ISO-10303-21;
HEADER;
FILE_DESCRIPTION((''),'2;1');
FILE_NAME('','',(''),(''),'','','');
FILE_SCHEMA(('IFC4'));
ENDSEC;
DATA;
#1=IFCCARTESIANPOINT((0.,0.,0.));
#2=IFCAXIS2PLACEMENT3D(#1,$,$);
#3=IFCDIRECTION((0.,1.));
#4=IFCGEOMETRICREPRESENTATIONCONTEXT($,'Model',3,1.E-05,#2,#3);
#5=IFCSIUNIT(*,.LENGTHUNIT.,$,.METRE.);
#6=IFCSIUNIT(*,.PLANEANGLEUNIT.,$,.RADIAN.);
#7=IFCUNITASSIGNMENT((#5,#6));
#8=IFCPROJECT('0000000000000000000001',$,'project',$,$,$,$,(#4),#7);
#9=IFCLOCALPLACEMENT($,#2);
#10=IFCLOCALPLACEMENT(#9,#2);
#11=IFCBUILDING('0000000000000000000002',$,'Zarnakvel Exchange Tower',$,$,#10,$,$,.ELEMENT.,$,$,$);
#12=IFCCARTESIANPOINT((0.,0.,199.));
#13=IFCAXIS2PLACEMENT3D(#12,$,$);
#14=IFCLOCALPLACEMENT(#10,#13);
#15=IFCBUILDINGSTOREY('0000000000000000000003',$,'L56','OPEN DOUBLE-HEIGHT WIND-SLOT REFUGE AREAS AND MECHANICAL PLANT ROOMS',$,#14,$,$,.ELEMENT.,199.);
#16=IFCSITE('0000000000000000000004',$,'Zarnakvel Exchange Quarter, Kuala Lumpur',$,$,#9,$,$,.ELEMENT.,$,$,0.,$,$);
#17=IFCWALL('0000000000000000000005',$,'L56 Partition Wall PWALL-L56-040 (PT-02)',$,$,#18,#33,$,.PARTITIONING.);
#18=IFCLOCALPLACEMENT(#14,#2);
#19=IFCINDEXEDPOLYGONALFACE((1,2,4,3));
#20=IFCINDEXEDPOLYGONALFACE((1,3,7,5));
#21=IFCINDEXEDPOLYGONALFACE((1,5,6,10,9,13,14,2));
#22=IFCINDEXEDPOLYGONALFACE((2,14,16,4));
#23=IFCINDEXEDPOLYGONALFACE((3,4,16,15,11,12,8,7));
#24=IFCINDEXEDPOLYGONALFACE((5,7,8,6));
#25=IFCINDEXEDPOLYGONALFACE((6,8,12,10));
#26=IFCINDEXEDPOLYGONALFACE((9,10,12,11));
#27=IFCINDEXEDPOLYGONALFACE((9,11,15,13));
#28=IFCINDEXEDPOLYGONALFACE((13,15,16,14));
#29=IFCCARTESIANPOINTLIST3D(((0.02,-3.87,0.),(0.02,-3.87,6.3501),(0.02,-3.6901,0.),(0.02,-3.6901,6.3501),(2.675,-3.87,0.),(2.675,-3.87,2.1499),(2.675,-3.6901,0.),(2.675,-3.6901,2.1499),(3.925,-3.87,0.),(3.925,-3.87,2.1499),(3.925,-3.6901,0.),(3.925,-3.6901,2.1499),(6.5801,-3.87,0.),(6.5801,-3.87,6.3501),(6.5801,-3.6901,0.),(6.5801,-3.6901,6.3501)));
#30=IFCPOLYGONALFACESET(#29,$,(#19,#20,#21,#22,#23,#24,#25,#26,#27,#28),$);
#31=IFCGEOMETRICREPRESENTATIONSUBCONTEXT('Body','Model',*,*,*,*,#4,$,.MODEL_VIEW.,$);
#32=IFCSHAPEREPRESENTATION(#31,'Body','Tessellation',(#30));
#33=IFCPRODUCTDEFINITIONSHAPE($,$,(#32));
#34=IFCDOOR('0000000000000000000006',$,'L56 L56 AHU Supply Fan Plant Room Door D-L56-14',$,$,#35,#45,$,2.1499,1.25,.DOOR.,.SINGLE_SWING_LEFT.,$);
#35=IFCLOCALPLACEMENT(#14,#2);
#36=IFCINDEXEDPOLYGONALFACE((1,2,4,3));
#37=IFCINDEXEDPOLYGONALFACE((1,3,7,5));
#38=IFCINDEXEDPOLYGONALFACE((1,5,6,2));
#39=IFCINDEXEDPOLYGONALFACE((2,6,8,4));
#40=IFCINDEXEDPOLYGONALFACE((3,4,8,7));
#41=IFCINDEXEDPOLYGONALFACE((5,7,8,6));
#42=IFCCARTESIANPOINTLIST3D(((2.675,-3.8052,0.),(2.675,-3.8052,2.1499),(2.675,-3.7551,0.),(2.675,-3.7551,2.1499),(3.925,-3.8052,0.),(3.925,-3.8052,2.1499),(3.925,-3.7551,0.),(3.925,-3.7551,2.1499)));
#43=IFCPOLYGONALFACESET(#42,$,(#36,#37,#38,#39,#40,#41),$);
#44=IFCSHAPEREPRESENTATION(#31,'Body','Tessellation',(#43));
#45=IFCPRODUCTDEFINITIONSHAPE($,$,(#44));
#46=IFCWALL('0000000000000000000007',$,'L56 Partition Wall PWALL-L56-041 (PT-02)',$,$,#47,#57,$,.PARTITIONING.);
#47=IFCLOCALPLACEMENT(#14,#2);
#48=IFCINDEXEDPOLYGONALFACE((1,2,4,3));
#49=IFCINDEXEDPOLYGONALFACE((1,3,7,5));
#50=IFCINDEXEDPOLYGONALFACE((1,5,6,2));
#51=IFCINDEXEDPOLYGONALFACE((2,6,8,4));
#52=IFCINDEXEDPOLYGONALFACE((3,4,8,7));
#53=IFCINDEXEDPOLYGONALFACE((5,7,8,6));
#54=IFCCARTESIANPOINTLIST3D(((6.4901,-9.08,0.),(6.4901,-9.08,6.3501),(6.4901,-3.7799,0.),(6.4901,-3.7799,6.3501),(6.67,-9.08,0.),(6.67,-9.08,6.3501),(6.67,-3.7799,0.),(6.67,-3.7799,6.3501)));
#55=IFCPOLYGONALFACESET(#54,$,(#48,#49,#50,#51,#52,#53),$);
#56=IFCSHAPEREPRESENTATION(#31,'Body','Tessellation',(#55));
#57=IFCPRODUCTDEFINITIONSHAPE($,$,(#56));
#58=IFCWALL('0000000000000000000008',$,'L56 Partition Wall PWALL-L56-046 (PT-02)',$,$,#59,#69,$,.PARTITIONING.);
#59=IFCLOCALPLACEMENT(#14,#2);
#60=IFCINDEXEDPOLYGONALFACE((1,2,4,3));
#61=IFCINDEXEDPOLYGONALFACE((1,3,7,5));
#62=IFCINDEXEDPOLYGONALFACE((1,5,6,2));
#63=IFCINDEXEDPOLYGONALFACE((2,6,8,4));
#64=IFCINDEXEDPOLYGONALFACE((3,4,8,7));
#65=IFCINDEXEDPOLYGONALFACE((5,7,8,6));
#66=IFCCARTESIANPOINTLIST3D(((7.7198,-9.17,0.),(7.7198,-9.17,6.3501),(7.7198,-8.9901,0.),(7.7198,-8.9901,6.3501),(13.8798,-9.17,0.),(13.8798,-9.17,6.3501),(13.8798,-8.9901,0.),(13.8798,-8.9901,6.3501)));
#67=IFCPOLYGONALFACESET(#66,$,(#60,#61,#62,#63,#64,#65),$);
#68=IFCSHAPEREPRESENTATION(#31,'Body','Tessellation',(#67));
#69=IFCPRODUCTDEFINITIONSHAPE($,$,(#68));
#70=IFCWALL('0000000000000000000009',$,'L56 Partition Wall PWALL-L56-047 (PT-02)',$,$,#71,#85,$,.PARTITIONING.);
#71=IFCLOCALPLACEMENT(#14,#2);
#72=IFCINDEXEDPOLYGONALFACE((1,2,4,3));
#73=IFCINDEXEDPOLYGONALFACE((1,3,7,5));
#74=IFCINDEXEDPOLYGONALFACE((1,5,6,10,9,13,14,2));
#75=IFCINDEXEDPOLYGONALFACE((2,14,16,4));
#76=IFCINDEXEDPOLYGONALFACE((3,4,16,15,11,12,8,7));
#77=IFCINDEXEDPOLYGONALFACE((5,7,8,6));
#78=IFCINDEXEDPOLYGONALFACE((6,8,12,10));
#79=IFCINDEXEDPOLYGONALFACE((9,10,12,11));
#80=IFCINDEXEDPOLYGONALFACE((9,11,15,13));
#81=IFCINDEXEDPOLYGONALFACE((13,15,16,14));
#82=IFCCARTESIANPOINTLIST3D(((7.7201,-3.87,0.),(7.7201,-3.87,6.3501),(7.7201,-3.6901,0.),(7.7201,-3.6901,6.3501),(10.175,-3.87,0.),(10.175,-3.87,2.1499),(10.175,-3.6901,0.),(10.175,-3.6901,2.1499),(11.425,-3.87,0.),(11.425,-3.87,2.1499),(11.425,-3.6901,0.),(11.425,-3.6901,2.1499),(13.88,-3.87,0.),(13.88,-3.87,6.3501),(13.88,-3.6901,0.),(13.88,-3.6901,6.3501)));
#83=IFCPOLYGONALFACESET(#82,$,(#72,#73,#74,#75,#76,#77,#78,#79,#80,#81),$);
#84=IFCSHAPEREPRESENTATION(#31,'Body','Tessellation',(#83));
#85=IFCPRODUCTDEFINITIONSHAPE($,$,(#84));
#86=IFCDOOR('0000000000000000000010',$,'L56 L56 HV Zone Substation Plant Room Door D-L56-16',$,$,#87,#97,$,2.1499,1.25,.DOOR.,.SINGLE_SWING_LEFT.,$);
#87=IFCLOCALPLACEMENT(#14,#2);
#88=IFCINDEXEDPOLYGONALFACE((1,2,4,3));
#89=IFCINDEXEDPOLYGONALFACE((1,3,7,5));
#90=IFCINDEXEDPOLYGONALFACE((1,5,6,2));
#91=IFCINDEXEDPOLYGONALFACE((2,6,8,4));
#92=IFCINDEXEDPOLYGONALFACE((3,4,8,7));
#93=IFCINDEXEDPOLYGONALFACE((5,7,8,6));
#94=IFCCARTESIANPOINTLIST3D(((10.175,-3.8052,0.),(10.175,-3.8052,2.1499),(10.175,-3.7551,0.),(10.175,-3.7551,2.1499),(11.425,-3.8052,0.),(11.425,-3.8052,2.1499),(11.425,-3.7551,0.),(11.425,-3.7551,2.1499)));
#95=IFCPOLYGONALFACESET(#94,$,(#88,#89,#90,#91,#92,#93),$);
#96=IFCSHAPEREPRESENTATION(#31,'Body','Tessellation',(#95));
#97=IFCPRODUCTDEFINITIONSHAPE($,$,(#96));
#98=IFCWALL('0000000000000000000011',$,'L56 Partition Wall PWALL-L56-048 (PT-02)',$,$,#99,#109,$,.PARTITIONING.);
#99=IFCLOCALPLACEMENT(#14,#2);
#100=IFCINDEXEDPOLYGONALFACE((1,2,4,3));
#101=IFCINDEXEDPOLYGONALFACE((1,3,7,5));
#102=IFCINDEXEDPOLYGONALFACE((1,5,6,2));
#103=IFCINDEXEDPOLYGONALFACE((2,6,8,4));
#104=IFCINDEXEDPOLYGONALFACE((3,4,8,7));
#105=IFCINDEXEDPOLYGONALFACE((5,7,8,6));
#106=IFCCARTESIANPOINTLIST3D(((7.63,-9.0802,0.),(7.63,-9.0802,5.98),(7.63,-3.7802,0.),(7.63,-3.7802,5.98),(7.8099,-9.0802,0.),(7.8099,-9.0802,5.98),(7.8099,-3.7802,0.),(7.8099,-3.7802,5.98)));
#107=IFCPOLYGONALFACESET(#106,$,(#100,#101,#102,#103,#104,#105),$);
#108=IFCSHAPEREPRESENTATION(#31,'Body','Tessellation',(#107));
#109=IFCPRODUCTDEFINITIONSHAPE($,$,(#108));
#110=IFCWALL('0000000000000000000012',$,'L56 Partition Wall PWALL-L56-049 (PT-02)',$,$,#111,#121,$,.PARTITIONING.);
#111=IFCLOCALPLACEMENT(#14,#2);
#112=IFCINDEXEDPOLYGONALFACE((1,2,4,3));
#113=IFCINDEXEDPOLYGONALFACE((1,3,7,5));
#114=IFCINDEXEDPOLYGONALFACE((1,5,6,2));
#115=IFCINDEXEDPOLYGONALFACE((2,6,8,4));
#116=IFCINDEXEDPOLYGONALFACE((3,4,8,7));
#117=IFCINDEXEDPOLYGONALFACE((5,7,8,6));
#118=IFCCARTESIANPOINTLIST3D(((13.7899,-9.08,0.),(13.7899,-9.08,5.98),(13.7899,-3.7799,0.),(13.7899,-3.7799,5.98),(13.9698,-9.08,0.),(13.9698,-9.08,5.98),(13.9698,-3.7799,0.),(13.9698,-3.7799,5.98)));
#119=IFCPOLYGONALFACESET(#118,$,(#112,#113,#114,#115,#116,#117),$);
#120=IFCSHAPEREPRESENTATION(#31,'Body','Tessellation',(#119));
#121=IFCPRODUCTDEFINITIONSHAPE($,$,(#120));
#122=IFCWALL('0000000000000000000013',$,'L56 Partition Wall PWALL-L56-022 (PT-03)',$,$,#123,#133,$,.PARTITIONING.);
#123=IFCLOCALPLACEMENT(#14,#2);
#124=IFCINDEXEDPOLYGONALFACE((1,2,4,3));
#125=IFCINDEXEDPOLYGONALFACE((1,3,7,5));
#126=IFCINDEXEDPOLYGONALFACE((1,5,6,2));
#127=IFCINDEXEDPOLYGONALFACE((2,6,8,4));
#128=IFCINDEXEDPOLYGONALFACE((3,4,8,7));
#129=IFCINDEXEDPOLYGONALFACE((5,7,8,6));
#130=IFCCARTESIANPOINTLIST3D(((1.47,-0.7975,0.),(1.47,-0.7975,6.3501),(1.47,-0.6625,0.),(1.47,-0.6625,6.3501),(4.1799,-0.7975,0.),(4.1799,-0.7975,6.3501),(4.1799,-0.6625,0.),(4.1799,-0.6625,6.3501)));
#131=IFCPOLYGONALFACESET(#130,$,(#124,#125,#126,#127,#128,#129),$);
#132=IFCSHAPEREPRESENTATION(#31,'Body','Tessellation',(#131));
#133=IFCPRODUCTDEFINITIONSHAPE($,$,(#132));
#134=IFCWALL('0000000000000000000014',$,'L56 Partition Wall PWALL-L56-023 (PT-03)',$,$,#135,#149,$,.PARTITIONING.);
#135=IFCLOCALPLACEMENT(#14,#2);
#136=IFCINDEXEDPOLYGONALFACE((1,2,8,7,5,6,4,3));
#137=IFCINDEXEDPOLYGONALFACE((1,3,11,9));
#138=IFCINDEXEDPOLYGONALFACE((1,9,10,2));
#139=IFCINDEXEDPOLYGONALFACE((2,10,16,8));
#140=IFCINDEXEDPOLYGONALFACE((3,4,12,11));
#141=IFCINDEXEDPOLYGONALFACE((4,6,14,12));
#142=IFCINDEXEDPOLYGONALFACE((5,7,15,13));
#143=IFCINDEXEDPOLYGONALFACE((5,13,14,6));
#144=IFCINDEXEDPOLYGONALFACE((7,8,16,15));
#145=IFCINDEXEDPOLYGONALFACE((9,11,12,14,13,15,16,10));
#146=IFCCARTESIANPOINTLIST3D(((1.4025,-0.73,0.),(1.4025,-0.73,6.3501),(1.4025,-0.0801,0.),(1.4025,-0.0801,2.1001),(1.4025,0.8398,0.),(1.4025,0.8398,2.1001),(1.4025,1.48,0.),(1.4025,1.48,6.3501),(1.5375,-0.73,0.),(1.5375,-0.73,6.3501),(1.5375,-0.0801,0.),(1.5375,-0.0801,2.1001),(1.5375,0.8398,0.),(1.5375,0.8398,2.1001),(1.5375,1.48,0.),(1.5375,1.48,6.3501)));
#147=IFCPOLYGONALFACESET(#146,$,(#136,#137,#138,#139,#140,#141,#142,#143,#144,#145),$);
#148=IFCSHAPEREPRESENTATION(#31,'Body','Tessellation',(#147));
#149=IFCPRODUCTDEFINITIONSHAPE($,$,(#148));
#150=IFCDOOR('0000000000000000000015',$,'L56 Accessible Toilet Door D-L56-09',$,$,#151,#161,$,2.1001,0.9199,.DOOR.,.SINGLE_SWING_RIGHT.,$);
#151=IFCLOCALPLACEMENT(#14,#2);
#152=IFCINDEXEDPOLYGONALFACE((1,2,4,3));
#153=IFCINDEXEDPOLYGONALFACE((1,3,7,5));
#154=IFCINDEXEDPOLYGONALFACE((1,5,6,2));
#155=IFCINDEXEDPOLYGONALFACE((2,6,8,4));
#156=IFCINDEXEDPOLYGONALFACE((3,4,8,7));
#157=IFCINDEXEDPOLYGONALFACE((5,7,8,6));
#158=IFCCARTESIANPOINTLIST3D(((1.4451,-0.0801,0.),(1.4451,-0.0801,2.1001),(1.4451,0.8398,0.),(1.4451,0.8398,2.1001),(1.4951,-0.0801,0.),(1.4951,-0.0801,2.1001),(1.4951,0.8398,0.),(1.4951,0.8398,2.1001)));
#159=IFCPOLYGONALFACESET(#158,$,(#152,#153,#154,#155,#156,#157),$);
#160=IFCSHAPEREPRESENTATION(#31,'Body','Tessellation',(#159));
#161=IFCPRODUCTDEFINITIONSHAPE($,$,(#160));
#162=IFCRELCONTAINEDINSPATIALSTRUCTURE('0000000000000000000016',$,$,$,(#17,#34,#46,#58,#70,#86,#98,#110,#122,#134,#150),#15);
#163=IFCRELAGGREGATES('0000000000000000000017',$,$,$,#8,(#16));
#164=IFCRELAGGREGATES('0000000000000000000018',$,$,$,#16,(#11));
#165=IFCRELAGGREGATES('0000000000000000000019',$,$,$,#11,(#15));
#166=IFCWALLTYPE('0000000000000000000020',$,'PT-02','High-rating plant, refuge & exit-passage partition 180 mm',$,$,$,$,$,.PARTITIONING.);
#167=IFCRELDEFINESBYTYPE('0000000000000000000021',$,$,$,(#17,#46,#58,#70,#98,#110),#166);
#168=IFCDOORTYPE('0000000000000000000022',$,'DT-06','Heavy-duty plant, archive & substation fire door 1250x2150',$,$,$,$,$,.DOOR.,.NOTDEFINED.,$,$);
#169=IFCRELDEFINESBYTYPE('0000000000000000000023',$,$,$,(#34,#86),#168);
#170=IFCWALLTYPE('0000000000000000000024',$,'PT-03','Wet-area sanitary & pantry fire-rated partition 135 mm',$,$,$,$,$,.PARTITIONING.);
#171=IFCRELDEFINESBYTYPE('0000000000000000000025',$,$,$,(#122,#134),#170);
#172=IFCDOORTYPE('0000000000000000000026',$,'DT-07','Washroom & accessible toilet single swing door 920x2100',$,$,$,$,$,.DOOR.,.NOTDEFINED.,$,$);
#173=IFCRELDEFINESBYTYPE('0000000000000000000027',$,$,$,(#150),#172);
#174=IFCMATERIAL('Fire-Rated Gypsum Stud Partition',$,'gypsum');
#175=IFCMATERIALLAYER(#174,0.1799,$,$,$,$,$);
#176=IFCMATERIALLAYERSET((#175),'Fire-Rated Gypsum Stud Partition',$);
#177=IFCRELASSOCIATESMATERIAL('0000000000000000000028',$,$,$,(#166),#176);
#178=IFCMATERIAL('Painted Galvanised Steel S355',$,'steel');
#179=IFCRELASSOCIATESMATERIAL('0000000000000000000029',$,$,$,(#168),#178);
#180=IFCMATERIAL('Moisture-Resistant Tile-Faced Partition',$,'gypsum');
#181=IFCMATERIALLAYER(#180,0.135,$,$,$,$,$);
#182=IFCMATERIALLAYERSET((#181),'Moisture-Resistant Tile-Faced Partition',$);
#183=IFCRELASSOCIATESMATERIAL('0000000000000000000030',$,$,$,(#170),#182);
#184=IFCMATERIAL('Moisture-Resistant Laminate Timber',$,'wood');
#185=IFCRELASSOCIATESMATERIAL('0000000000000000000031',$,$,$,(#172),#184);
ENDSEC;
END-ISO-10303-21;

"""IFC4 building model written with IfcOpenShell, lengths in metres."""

from ifc_helpers import new_model, si_unit, direction, frame, frame_2d, origin, place, context, subcontext, project, spatial, rectangle, extrude, source, transform, mapped, material, layer, layer_set, type_object, element, fill, save


model = new_model("IFC4")

# Units and contexts
model_context = context("Model", 3, precision=1e-05, world=origin(), true_north=direction((0.0, 1.0)))
body_context = subcontext(model_context, "Body", "Model", "MODEL_VIEW")
ifc_project = project(units=[si_unit("LENGTHUNIT", "METRE"), si_unit("PLANEANGLEUNIT", "RADIAN")], contexts=[model_context])

# Site, building, storey
site_placement = place(None, origin())
site = spatial("IfcSite", under=ifc_project, at=site_placement, Name="Zarnakvel Exchange Quarter, Kuala Lumpur", CompositionType="ELEMENT", RefElevation=0.0)
building_placement = place(site_placement, origin())
building = spatial("IfcBuilding", under=site, at=building_placement, Name="Zarnakvel Exchange Tower", CompositionType="ELEMENT")
storey_placement = place(building_placement, frame((0.0, 0.0, 199.0)))
storey = spatial("IfcBuildingStorey", under=building, at=storey_placement, Name="L56", Description="OPEN DOUBLE-HEIGHT WIND-SLOT REFUGE AREAS AND MECHANICAL PLANT ROOMS", CompositionType="ELEMENT", Elevation=199.0)

# Shared definitions
ifc_material_1 = material(Name="Painted Galvanised Steel S355", Category="steel")

# Shared definitions
ifc_material_2 = material(Name="Fire-Rated Gypsum Stud Partition", Category="gypsum")
ifc_layer_1 = layer(ifc_material_2, 0.1799)
ifc_layer_set_1 = layer_set([ifc_layer_1], Name="Fire-Rated Gypsum Stud Partition")
wall_type_1 = type_object("IfcWallType", Name="PT-02", Description="High-rating plant, refuge & exit-passage partition 180 mm", PredefinedType="PARTITIONING", material=ifc_layer_set_1)

# Wall, opening, door
wall_1_placement = place(storey_placement, frame((0.02, -3.78, 0.0), z_axis=(0.0, 0.0, 1.0), x_axis=(1.0, 0.0, 0.0)))
wall_1 = element("IfcWall", 1, at=wall_1_placement, inside=storey, type_object=wall_type_1, Name="L56 Partition Wall PWALL-L56-040 (PT-02)", PredefinedType="PARTITIONING", context=body_context, shape_type="SweptSolid", body=[
    extrude(rectangle(XDim=6.5601, YDim=0.1799, at=frame_2d((3.28, 0.0))), origin(), (0.0, 0.0, 1.0), 6.3501),
])
opening_1_placement = place(wall_1_placement, frame((2.655, 0.0, 0.0)))
opening_1 = element("IfcOpeningElement", 2, at=opening_1_placement, cuts=wall_1, PredefinedType="OPENING", context=body_context, shape_type="SweptSolid", body=[
    extrude(rectangle(XDim=1.25, YDim=2.1499, at=frame_2d((0.625, 1.075))), frame((0.0, 0.0999, 0.0), z_axis=(0.0, -1.0, 0.0), x_axis=(1.0, 0.0, 0.0)), (0.0, 0.0, 1.0), 0.2),
])
door_type_1 = type_object("IfcDoorType", Name="DT-06", Description="Heavy-duty plant, archive & substation fire door 1250x2150", OperationType="NOTDEFINED", PredefinedType="DOOR", material=ifc_material_1)
shared_shape_1 = source(origin(), body_context, "Body", "SweptSolid", [
    extrude(rectangle(XDim=1.25, YDim=2.1499, at=frame_2d((0.625, 1.075))), frame((0.0, 0.0249, 0.0), z_axis=(0.0, -1.0, 0.0), x_axis=(1.0, 0.0, 0.0)), (0.0, 0.0, 1.0), 0.05),
])
door_1_placement = place(opening_1_placement, origin())
door_1 = element("IfcDoor", 3, at=door_1_placement, inside=storey, type_object=door_type_1, Name="L56 L56 AHU Supply Fan Plant Room Door D-L56-14", OperationType="SINGLE_SWING_LEFT", OverallHeight=2.1499, OverallWidth=1.25, PredefinedType="DOOR", context=body_context, shape_type="MappedRepresentation", body=[
    mapped(shared_shape_1, transform((0.0, 0.0, 0.0), x_axis=(1.0, 0.0, 0.0), y_axis=(0.0, 1.0, 0.0), z_axis=(0.0, 0.0, 1.0), scale=1.0)),
])
fill(opening_1, door_1)

# Walls
wall_2_placement = place(storey_placement, frame((6.5801, -3.78, 0.0), z_axis=(0.0, 0.0, 1.0), x_axis=(0.0, -1.0, 0.0)))
element("IfcWall", 4, at=wall_2_placement, inside=storey, type_object=wall_type_1, Name="L56 Partition Wall PWALL-L56-041 (PT-02)", PredefinedType="PARTITIONING", context=body_context, shape_type="SweptSolid", body=[
    extrude(rectangle(XDim=5.3, YDim=0.1799, at=frame_2d((2.6499, 0.0))), origin(), (0.0, 0.0, 1.0), 6.3501),
])
wall_3_placement = place(storey_placement, frame((13.8799, -9.0801, 0.0), z_axis=(0.0, 0.0, 1.0), x_axis=(-1.0, 0.0, 0.0)))
element("IfcWall", 5, at=wall_3_placement, inside=storey, type_object=wall_type_1, Name="L56 Partition Wall PWALL-L56-046 (PT-02)", PredefinedType="PARTITIONING", context=body_context, shape_type="SweptSolid", body=[
    extrude(rectangle(XDim=6.1599, YDim=0.1799, at=frame_2d((3.0801, 0.0))), origin(), (0.0, 0.0, 1.0), 6.3501),
])

# Wall, opening, door
wall_4_placement = place(storey_placement, frame((7.72, -3.78, 0.0), z_axis=(0.0, 0.0, 1.0), x_axis=(1.0, 0.0, 0.0)))
wall_4 = element("IfcWall", 6, at=wall_4_placement, inside=storey, type_object=wall_type_1, Name="L56 Partition Wall PWALL-L56-047 (PT-02)", PredefinedType="PARTITIONING", context=body_context, shape_type="SweptSolid", body=[
    extrude(rectangle(XDim=6.1599, YDim=0.1799, at=frame_2d((3.0801, 0.0))), origin(), (0.0, 0.0, 1.0), 6.3501),
])
opening_2_placement = place(wall_4_placement, frame((2.4551, 0.0, 0.0)))
opening_2 = element("IfcOpeningElement", 7, at=opening_2_placement, cuts=wall_4, PredefinedType="OPENING", context=body_context, shape_type="SweptSolid", body=[
    extrude(rectangle(XDim=1.25, YDim=2.1499, at=frame_2d((0.625, 1.075))), frame((0.0, 0.0999, 0.0), z_axis=(0.0, -1.0, 0.0), x_axis=(1.0, 0.0, 0.0)), (0.0, 0.0, 1.0), 0.2),
])
door_2_placement = place(opening_2_placement, origin())
door_2 = element("IfcDoor", 8, at=door_2_placement, inside=storey, type_object=door_type_1, Name="L56 L56 HV Zone Substation Plant Room Door D-L56-16", OperationType="SINGLE_SWING_LEFT", OverallHeight=2.1499, OverallWidth=1.25, PredefinedType="DOOR", context=body_context, shape_type="MappedRepresentation", body=[
    mapped(shared_shape_1, transform((0.0, 0.0, 0.0), x_axis=(1.0, 0.0, 0.0), y_axis=(0.0, 1.0, 0.0), z_axis=(0.0, 0.0, 1.0), scale=1.0)),
])
fill(opening_2, door_2)

# Walls
for number, where, z_axis, x_axis, name in (
    (9, (7.72, -9.0801, 0.0), (0.0, 0.0, 1.0), (0.0, 1.0, 0.0), "L56 Partition Wall PWALL-L56-048 (PT-02)"),
    (10, (13.8799, -3.78, 0.0), (0.0, 0.0, 1.0), (0.0, -1.0, 0.0), "L56 Partition Wall PWALL-L56-049 (PT-02)"),
):
    element("IfcWall", number, at=place(storey_placement, frame(where, z_axis=z_axis, x_axis=x_axis)), inside=storey, type_object=wall_type_1, Name=name, PredefinedType="PARTITIONING", context=body_context, shape_type="SweptSolid", body=[
        extrude(rectangle(XDim=5.3, YDim=0.1799, at=frame_2d((2.6499, 0.0))), origin(), (0.0, 0.0, 1.0), 5.98),
    ])
ifc_material_3 = material(Name="Moisture-Resistant Tile-Faced Partition", Category="gypsum")
ifc_layer_2 = layer(ifc_material_3, 0.135)
ifc_layer_set_2 = layer_set([ifc_layer_2], Name="Moisture-Resistant Tile-Faced Partition")
wall_type_2 = type_object("IfcWallType", Name="PT-03", Description="Wet-area sanitary & pantry fire-rated partition 135 mm", PredefinedType="PARTITIONING", material=ifc_layer_set_2)
wall_5_placement = place(storey_placement, frame((4.1799, -0.73, 0.0), z_axis=(0.0, 0.0, 1.0), x_axis=(-1.0, 0.0, 0.0)))
element("IfcWall", 11, at=wall_5_placement, inside=storey, type_object=wall_type_2, Name="L56 Partition Wall PWALL-L56-022 (PT-03)", PredefinedType="PARTITIONING", context=body_context, shape_type="SweptSolid", body=[
    extrude(rectangle(XDim=2.71, YDim=0.135, at=frame_2d((1.355, 0.0))), origin(), (0.0, 0.0, 1.0), 6.3501),
])

# Wall, opening, door
wall_6_placement = place(storey_placement, frame((1.47, -0.73, 0.0), z_axis=(0.0, 0.0, 1.0), x_axis=(0.0, 1.0, 0.0)))
wall_6 = element("IfcWall", 12, at=wall_6_placement, inside=storey, type_object=wall_type_2, Name="L56 Partition Wall PWALL-L56-023 (PT-03)", PredefinedType="PARTITIONING", context=body_context, shape_type="SweptSolid", body=[
    extrude(rectangle(XDim=2.21, YDim=0.135, at=frame_2d((1.105, 0.0))), origin(), (0.0, 0.0, 1.0), 6.3501),
])
opening_3_placement = place(wall_6_placement, frame((0.6499, 0.0, 0.0)))
opening_3 = element("IfcOpeningElement", 13, at=opening_3_placement, cuts=wall_6, PredefinedType="OPENING", context=body_context, shape_type="SweptSolid", body=[
    extrude(rectangle(XDim=0.9199, YDim=2.1001, at=frame_2d((0.46, 1.05))), frame((0.0, 0.0774, 0.0), z_axis=(0.0, -1.0, 0.0), x_axis=(1.0, 0.0, 0.0)), (0.0, 0.0, 1.0), 0.155),
])
ifc_material_4 = material(Name="Moisture-Resistant Laminate Timber", Category="wood")
door_type_2 = type_object("IfcDoorType", Name="DT-07", Description="Washroom & accessible toilet single swing door 920x2100", OperationType="NOTDEFINED", PredefinedType="DOOR", material=ifc_material_4)
shared_shape_2 = source(origin(), body_context, "Body", "SweptSolid", [
    extrude(rectangle(XDim=0.9199, YDim=2.1001, at=frame_2d((0.46, 1.05))), frame((0.0, 0.0249, 0.0), z_axis=(0.0, -1.0, 0.0), x_axis=(1.0, 0.0, 0.0)), (0.0, 0.0, 1.0), 0.05),
])
door_3_placement = place(opening_3_placement, origin())
door_3 = element("IfcDoor", 14, at=door_3_placement, inside=storey, type_object=door_type_2, Name="L56 Accessible Toilet Door D-L56-09", OperationType="SINGLE_SWING_RIGHT", OverallHeight=2.1001, OverallWidth=0.9199, PredefinedType="DOOR", context=body_context, shape_type="MappedRepresentation", body=[
    mapped(shared_shape_2, transform((0.0, 0.0, 0.0), x_axis=(1.0, 0.0, 0.0), y_axis=(0.0, 1.0, 0.0), z_axis=(0.0, 0.0, 1.0), scale=1.0)),
])
fill(opening_3, door_3)

save(model, "model.ifc")
